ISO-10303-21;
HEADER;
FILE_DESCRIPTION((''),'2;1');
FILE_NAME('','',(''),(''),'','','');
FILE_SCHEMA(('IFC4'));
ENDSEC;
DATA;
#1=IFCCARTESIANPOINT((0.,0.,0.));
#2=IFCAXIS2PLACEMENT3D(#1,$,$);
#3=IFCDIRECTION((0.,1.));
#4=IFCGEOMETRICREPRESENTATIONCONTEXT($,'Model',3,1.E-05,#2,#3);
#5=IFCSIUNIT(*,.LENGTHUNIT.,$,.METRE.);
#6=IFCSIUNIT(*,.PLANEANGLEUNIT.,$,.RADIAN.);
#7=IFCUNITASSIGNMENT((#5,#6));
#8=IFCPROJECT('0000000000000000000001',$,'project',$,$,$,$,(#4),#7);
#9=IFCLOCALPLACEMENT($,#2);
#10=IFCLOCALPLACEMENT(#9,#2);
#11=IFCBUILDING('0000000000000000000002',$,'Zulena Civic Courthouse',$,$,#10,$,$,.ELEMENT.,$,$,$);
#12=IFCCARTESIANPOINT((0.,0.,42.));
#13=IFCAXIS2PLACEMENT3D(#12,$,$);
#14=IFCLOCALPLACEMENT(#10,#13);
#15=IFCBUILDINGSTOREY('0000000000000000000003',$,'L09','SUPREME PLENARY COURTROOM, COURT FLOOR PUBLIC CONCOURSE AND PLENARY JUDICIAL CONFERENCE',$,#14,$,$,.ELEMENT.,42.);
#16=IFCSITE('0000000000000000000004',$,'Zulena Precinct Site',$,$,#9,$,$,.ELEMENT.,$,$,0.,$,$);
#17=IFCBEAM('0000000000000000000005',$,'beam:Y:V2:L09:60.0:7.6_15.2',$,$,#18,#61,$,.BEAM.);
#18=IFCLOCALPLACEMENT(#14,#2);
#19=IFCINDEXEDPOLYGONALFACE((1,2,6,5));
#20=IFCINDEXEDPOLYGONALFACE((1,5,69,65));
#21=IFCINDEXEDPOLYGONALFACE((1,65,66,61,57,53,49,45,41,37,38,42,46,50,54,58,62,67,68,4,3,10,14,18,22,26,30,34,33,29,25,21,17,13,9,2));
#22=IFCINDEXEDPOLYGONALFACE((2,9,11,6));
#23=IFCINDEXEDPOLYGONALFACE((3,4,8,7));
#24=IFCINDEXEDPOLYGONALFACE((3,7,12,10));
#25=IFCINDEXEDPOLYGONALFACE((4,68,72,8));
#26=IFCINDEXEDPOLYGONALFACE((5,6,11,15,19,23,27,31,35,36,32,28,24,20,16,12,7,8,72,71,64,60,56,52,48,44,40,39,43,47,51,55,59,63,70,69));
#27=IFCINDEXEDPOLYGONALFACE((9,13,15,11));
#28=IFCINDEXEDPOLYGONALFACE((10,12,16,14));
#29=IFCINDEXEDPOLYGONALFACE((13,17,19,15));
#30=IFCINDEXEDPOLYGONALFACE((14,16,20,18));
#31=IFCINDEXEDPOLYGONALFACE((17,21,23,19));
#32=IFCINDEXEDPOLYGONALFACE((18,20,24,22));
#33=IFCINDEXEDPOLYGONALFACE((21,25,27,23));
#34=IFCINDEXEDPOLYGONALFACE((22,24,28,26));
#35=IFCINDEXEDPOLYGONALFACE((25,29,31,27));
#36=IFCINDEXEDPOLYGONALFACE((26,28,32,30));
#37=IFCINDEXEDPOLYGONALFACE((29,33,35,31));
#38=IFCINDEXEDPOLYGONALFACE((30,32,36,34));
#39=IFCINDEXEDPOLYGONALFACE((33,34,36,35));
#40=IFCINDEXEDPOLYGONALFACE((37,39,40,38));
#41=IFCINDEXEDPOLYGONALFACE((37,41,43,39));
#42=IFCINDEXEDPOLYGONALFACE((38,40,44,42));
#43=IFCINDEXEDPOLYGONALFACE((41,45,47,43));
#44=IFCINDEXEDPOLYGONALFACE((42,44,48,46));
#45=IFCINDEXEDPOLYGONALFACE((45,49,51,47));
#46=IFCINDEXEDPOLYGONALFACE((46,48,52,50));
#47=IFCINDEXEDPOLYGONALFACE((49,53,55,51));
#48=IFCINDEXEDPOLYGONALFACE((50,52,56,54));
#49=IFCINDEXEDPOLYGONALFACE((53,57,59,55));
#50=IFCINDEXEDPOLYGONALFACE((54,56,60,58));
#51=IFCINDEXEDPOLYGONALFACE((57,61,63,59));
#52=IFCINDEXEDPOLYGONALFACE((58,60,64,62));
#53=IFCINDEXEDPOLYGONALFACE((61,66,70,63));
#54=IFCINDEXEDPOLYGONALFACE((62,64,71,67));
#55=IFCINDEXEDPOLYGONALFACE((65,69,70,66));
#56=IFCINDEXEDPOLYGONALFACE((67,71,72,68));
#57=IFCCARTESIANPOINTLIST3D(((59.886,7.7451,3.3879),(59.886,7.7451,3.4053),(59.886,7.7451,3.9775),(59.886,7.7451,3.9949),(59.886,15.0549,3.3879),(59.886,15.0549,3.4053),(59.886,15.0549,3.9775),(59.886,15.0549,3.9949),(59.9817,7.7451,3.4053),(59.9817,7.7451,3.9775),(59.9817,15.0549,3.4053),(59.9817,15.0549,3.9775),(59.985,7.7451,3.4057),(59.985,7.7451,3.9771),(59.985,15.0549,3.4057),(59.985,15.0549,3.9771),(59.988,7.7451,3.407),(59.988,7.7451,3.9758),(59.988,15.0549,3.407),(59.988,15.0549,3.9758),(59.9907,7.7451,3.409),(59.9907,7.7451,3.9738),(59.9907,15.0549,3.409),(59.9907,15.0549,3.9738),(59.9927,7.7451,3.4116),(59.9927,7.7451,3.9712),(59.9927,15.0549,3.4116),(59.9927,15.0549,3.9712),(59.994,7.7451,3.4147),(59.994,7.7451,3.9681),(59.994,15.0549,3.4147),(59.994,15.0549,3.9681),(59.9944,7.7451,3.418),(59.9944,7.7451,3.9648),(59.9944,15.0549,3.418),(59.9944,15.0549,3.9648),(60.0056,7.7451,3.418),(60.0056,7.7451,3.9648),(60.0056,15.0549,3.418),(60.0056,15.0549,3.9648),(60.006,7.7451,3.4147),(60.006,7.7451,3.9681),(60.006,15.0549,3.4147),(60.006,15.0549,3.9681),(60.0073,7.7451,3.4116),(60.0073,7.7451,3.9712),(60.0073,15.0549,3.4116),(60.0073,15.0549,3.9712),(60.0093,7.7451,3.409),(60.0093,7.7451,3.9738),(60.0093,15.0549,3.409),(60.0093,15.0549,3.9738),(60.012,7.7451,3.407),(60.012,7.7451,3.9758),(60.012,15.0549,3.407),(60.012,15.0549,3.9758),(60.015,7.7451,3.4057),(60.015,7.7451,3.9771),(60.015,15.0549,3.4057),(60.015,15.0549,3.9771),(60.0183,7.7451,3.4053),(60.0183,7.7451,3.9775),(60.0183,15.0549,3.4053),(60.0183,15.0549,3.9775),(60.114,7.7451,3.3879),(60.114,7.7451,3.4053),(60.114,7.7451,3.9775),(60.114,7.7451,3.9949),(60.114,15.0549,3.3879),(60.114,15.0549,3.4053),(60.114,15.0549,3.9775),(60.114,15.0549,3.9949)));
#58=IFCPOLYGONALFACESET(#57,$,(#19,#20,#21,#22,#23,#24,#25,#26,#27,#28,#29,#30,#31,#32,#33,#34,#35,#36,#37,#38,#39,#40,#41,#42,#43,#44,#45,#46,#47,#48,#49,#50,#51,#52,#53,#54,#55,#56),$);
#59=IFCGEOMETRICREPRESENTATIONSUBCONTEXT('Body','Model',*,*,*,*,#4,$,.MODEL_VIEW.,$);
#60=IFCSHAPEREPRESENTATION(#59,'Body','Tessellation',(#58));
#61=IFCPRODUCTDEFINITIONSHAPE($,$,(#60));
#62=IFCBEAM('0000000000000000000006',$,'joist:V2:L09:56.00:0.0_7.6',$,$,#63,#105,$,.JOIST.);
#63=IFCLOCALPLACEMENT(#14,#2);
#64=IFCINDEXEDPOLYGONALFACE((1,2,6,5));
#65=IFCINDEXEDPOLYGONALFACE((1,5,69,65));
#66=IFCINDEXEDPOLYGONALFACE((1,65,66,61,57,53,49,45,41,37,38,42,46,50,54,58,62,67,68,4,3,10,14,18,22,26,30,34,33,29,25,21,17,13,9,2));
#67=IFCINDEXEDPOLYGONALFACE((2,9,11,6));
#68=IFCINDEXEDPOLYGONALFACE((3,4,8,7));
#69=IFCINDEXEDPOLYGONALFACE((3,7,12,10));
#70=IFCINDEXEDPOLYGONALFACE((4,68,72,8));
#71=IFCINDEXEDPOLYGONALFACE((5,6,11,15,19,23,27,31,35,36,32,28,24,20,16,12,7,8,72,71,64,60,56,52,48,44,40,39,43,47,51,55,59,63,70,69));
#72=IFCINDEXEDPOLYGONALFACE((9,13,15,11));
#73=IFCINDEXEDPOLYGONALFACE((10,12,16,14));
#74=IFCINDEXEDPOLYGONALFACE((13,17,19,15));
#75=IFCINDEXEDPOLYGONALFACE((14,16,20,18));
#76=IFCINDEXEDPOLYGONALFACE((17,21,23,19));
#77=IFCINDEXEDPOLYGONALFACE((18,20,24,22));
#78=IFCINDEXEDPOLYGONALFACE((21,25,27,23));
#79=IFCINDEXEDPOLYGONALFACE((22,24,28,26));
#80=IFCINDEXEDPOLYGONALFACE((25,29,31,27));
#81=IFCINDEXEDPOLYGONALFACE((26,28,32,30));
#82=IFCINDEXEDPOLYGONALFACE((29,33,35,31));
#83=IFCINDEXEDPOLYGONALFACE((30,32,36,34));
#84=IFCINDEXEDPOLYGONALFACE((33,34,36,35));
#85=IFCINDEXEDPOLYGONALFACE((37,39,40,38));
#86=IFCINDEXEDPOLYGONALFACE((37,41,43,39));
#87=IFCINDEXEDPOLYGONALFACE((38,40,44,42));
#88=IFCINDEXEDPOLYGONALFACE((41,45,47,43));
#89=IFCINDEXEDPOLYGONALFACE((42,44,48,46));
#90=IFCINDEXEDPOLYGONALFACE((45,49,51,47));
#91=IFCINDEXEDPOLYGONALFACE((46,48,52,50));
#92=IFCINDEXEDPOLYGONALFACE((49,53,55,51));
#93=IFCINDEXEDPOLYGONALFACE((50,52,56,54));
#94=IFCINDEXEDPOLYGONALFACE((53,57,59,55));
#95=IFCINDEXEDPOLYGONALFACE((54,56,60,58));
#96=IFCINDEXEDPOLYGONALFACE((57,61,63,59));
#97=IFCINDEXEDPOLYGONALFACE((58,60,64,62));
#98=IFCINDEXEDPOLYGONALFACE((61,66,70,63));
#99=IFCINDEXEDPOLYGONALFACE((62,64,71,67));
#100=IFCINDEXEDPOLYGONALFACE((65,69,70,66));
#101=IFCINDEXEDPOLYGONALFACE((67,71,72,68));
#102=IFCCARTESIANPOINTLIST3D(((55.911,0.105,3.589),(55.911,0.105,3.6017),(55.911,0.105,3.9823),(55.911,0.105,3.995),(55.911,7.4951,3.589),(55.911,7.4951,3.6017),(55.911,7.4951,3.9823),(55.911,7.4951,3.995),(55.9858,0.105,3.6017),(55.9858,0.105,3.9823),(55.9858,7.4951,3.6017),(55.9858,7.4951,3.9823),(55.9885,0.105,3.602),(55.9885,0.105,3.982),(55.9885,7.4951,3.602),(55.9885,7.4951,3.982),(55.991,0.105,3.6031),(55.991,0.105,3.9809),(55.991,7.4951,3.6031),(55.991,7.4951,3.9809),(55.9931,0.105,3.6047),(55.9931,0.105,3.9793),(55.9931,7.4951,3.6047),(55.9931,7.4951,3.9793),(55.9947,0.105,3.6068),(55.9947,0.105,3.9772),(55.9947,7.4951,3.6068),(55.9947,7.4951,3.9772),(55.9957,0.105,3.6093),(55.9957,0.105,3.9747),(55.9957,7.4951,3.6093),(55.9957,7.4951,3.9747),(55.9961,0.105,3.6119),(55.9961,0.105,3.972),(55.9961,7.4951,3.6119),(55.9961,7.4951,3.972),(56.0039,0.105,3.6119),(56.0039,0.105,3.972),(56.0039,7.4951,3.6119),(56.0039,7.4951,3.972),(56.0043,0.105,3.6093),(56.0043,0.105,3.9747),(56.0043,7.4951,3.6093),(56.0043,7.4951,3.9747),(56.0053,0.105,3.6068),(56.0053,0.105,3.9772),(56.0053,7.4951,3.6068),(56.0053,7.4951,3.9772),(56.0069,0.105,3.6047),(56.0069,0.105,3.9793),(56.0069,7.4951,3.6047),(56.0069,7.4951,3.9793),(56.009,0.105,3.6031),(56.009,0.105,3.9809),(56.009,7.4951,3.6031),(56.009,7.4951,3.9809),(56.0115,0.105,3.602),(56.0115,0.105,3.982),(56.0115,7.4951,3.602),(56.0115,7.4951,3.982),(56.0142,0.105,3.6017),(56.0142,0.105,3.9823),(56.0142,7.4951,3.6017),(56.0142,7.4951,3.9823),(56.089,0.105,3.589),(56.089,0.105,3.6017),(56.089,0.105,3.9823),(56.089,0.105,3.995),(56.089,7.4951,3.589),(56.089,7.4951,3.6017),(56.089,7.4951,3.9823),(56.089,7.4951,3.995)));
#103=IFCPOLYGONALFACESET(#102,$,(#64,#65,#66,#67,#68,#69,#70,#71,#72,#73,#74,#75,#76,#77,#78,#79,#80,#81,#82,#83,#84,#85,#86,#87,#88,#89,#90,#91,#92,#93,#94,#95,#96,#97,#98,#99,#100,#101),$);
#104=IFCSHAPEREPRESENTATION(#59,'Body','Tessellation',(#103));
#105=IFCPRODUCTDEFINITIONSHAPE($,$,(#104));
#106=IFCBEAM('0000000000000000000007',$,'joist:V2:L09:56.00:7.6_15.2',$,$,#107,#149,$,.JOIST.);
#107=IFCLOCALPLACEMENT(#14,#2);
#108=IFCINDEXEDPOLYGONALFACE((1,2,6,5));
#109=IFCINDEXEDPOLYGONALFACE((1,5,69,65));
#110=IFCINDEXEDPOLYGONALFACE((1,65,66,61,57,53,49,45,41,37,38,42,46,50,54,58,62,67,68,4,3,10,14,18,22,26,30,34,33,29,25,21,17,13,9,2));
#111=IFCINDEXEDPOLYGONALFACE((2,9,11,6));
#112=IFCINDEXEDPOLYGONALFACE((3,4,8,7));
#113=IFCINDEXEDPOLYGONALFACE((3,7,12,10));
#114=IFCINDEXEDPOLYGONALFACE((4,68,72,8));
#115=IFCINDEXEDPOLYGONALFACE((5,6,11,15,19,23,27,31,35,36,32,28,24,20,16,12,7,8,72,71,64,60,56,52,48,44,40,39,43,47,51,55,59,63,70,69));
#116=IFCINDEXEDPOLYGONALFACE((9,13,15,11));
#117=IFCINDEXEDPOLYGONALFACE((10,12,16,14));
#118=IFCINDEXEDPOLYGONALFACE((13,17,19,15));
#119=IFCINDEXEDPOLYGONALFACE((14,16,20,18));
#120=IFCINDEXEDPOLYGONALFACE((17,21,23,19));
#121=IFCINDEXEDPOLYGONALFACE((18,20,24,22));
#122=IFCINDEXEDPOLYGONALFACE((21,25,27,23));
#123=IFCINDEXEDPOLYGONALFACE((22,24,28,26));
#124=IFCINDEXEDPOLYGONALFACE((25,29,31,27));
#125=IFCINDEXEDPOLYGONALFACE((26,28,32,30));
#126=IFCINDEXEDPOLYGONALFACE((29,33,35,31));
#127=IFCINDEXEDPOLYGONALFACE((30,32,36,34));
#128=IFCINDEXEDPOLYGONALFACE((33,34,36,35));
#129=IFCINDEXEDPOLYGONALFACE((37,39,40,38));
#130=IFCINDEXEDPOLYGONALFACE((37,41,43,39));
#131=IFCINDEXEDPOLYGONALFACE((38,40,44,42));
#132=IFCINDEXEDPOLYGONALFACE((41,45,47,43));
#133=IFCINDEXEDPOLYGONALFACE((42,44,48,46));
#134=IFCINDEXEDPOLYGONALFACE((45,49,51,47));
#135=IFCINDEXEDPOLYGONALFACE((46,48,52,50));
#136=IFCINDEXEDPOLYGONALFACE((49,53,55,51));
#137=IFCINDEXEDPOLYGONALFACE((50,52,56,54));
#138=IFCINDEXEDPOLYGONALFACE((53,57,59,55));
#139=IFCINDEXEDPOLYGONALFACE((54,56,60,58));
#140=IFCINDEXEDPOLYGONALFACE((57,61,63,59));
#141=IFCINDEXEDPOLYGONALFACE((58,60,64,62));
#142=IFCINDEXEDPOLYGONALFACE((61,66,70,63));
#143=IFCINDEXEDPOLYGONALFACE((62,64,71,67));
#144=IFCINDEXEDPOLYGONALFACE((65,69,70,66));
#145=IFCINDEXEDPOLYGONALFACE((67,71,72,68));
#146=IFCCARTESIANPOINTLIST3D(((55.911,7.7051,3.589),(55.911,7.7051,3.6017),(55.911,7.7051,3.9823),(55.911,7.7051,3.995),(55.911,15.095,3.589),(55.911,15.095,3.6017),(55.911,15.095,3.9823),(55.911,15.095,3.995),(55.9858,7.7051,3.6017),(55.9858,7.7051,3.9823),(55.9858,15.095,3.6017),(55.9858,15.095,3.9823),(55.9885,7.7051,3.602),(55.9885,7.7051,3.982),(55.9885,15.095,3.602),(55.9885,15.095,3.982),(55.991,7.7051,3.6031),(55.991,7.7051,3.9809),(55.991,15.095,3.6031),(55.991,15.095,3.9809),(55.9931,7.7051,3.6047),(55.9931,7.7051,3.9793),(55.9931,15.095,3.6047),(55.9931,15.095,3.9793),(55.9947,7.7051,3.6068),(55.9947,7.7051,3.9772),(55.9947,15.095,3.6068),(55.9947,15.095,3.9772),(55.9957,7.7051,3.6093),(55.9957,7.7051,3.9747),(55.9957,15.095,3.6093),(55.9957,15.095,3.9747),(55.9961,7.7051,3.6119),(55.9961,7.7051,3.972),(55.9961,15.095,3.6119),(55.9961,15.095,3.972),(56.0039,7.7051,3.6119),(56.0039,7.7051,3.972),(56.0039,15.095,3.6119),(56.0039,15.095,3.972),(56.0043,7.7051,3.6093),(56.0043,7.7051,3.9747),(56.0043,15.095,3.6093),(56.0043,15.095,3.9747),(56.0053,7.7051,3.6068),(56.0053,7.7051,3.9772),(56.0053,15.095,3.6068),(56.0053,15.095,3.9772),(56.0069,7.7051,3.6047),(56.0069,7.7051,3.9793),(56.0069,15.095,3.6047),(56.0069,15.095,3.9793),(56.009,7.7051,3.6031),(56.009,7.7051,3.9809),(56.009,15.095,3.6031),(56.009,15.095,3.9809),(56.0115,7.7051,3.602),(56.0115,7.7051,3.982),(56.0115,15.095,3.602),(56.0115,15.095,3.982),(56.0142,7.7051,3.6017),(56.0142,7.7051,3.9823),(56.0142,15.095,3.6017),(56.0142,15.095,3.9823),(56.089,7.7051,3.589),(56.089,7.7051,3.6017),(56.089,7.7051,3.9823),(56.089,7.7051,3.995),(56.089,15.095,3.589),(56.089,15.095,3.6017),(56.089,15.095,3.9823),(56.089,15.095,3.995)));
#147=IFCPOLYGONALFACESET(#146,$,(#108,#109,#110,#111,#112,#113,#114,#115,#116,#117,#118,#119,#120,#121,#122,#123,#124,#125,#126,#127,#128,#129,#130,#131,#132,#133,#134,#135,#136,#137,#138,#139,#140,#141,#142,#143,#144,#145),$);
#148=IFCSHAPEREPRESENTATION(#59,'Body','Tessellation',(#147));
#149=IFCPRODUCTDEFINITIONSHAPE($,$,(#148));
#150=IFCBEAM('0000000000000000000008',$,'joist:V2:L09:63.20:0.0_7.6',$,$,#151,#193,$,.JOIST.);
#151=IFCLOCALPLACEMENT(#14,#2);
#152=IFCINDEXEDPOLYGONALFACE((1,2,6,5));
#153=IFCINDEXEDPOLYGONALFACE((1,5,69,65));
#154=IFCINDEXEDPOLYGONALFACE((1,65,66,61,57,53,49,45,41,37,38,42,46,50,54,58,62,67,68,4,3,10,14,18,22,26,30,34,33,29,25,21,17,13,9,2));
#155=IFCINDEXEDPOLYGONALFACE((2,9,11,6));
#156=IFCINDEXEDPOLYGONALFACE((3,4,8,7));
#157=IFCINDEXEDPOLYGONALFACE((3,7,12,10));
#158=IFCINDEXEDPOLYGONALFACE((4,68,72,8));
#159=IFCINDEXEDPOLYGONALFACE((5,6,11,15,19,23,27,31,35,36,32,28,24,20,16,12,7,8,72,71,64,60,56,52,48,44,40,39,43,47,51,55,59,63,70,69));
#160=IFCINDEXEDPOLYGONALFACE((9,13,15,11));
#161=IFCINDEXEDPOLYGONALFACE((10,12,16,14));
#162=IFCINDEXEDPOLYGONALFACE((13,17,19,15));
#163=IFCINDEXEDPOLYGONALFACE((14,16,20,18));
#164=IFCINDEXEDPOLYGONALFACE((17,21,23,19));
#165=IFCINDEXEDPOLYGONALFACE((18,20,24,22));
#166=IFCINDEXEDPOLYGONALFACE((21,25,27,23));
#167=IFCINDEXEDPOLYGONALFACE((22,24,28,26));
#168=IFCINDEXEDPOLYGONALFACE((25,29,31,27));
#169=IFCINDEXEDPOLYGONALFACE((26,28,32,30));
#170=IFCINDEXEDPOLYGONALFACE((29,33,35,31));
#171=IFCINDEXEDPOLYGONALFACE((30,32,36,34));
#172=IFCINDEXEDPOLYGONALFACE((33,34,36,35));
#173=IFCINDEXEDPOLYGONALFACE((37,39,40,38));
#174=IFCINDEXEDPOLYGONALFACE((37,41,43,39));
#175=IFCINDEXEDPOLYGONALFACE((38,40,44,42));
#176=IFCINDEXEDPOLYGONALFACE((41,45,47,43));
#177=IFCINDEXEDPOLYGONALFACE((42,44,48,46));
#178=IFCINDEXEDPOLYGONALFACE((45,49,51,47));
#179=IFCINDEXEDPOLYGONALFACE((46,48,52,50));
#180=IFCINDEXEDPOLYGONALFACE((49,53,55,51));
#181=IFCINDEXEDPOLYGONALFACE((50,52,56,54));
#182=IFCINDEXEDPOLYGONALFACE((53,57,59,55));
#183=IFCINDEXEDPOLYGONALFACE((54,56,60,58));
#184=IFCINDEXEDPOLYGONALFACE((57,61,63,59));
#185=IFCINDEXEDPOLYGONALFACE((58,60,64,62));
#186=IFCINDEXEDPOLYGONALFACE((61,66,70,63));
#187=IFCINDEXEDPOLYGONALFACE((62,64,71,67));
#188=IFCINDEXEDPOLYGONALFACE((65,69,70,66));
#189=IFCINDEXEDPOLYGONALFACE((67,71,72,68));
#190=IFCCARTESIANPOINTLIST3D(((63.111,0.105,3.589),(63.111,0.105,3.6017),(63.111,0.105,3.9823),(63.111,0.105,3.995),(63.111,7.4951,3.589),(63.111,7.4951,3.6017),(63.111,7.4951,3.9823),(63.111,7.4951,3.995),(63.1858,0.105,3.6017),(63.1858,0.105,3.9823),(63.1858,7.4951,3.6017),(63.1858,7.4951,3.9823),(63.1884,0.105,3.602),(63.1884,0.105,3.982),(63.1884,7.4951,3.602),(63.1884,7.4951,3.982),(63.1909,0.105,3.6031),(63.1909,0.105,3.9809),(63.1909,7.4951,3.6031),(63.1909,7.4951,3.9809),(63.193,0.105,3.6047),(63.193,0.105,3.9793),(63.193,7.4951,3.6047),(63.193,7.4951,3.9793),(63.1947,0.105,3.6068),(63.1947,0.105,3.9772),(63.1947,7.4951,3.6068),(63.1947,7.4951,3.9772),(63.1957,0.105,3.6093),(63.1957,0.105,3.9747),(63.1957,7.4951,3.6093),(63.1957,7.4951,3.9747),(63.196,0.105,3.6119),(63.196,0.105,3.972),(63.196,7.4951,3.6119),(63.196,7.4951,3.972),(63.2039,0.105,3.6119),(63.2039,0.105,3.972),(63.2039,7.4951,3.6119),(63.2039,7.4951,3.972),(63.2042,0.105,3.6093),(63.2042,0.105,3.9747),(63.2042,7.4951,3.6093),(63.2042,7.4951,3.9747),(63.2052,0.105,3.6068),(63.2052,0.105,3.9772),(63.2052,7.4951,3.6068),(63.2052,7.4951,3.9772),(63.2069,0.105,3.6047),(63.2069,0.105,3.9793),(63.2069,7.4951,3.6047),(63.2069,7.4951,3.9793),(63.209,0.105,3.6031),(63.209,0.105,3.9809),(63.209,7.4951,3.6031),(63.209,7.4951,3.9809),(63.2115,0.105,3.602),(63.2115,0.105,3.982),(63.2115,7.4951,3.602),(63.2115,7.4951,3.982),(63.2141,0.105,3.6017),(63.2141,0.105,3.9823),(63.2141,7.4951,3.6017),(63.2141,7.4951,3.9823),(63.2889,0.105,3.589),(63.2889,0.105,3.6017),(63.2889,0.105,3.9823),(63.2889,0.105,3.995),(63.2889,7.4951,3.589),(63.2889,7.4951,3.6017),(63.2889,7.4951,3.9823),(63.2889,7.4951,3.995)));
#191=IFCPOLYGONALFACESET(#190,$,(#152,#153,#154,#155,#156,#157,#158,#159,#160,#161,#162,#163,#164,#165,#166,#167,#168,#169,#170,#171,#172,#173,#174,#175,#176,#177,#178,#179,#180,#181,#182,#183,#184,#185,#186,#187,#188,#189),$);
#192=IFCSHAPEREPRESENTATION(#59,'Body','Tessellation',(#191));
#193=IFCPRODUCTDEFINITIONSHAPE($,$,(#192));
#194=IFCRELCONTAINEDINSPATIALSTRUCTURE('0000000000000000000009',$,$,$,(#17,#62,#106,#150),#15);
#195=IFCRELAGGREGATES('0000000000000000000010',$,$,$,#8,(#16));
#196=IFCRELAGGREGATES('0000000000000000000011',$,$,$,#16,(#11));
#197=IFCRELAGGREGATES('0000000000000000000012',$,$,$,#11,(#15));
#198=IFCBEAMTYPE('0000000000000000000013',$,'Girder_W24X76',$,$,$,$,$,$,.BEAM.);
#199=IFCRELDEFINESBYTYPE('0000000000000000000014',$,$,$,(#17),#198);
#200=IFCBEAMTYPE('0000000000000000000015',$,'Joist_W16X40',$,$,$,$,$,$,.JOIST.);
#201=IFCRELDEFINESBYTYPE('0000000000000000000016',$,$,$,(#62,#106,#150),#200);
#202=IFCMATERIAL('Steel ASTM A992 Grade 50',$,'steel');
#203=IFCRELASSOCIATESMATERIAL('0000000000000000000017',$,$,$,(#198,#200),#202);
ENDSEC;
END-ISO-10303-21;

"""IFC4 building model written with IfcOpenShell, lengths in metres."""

from ifc_helpers import new_model, si_unit, direction, frame, origin, origin_2d, place, context, subcontext, project, spatial, i_section, extrude, material, material_profile, profile_set, type_object, element, save


model = new_model("IFC4")

# Units and contexts
model_context = context("Model", 3, precision=1e-05, world=origin(), true_north=direction((0.0, 1.0)))
body_context = subcontext(model_context, "Body", "Model", "MODEL_VIEW")
ifc_project = project(units=[si_unit("LENGTHUNIT", "METRE"), si_unit("PLANEANGLEUNIT", "RADIAN")], contexts=[model_context])

# Site, building, storey
site_placement = place(None, origin())
site = spatial("IfcSite", under=ifc_project, at=site_placement, Name="Zulena Precinct Site", CompositionType="ELEMENT", RefElevation=0.0)
building_placement = place(site_placement, origin())
building = spatial("IfcBuilding", under=site, at=building_placement, Name="Zulena Civic Courthouse", CompositionType="ELEMENT")
storey_placement = place(building_placement, frame((0.0, 0.0, 42.0)))
storey = spatial("IfcBuildingStorey", under=building, at=storey_placement, Name="L09", Description="SUPREME PLENARY COURTROOM, COURT FLOOR PUBLIC CONCOURSE AND PLENARY JUDICIAL CONFERENCE", CompositionType="ELEMENT", Elevation=42.0)

# Shared definitions
ifc_material_1 = material(Name="Steel ASTM A992 Grade 50", Category="steel")

# Beams
ifc_material_profile_1 = material_profile(ifc_material_1, i_section(OverallWidth=0.228, OverallDepth=0.6069, WebThickness=0.0112, FlangeThickness=0.0173, FilletRadius=0.0127, at=origin_2d()), Name="W24X76")
ifc_profile_set_1 = profile_set([ifc_material_profile_1], Name="Steel ASTM A992 Grade 50")
beam_type_1 = type_object("IfcBeamType", Name="Girder_W24X76", PredefinedType="BEAM", material=ifc_profile_set_1)
beam_1_placement = place(storey_placement, frame((60.0, 7.7451, 3.6914), z_axis=(0.0, 1.0, 0.0), x_axis=(-1.0, 0.0, 0.0)))
element("IfcBeam", 1, at=beam_1_placement, inside=storey, type_object=beam_type_1, Name="beam:Y:V2:L09:60.0:7.6_15.2", PredefinedType="BEAM", context=body_context, shape_type="SweptSolid", body=[
    extrude(i_section(OverallWidth=0.228, OverallDepth=0.6069, WebThickness=0.0112, FlangeThickness=0.0173, FilletRadius=0.0127, at=origin_2d()), origin(), (0.0, 0.0, 1.0), 7.3098),
])
ifc_material_profile_2 = material_profile(ifc_material_1, i_section(OverallWidth=0.178, OverallDepth=0.406, WebThickness=0.0078, FlangeThickness=0.0127, FilletRadius=0.0103, at=origin_2d()), Name="W16X40")
ifc_profile_set_2 = profile_set([ifc_material_profile_2], Name="Steel ASTM A992 Grade 50")
beam_type_2 = type_object("IfcBeamType", Name="Joist_W16X40", PredefinedType="JOIST", material=ifc_profile_set_2)
beam_2_placement = place(storey_placement, frame((56.0, 0.105, 3.792), z_axis=(0.0, 1.0, 0.0), x_axis=(-1.0, 0.0, 0.0)))
element("IfcBeam", 2, at=beam_2_placement, inside=storey, type_object=beam_type_2, Name="joist:V2:L09:56.00:0.0_7.6", PredefinedType="JOIST", context=body_context, shape_type="SweptSolid", body=[
    extrude(i_section(OverallWidth=0.178, OverallDepth=0.406, WebThickness=0.0078, FlangeThickness=0.0127, FilletRadius=0.0103, at=origin_2d()), origin(), (0.0, 0.0, 1.0), 7.3901),
])
beam_3_placement = place(storey_placement, frame((56.0, 7.7051, 3.792), z_axis=(0.0, 1.0, 0.0), x_axis=(-1.0, 0.0, 0.0)))
element("IfcBeam", 3, at=beam_3_placement, inside=storey, type_object=beam_type_2, Name="joist:V2:L09:56.00:7.6_15.2", PredefinedType="JOIST", context=body_context, shape_type="SweptSolid", body=[
    extrude(i_section(OverallWidth=0.178, OverallDepth=0.406, WebThickness=0.0078, FlangeThickness=0.0127, FilletRadius=0.0103, at=origin_2d()), origin(), (0.0, 0.0, 1.0), 7.3899),
])
beam_4_placement = place(storey_placement, frame((63.2, 0.105, 3.792), z_axis=(0.0, 1.0, 0.0), x_axis=(-1.0, 0.0, 0.0)))
element("IfcBeam", 4, at=beam_4_placement, inside=storey, type_object=beam_type_2, Name="joist:V2:L09:63.20:0.0_7.6", PredefinedType="JOIST", context=body_context, shape_type="SweptSolid", body=[
    extrude(i_section(OverallWidth=0.178, OverallDepth=0.406, WebThickness=0.0078, FlangeThickness=0.0127, FilletRadius=0.0103, at=origin_2d()), origin(), (0.0, 0.0, 1.0), 7.3901),
])

save(model, "model.ifc")
